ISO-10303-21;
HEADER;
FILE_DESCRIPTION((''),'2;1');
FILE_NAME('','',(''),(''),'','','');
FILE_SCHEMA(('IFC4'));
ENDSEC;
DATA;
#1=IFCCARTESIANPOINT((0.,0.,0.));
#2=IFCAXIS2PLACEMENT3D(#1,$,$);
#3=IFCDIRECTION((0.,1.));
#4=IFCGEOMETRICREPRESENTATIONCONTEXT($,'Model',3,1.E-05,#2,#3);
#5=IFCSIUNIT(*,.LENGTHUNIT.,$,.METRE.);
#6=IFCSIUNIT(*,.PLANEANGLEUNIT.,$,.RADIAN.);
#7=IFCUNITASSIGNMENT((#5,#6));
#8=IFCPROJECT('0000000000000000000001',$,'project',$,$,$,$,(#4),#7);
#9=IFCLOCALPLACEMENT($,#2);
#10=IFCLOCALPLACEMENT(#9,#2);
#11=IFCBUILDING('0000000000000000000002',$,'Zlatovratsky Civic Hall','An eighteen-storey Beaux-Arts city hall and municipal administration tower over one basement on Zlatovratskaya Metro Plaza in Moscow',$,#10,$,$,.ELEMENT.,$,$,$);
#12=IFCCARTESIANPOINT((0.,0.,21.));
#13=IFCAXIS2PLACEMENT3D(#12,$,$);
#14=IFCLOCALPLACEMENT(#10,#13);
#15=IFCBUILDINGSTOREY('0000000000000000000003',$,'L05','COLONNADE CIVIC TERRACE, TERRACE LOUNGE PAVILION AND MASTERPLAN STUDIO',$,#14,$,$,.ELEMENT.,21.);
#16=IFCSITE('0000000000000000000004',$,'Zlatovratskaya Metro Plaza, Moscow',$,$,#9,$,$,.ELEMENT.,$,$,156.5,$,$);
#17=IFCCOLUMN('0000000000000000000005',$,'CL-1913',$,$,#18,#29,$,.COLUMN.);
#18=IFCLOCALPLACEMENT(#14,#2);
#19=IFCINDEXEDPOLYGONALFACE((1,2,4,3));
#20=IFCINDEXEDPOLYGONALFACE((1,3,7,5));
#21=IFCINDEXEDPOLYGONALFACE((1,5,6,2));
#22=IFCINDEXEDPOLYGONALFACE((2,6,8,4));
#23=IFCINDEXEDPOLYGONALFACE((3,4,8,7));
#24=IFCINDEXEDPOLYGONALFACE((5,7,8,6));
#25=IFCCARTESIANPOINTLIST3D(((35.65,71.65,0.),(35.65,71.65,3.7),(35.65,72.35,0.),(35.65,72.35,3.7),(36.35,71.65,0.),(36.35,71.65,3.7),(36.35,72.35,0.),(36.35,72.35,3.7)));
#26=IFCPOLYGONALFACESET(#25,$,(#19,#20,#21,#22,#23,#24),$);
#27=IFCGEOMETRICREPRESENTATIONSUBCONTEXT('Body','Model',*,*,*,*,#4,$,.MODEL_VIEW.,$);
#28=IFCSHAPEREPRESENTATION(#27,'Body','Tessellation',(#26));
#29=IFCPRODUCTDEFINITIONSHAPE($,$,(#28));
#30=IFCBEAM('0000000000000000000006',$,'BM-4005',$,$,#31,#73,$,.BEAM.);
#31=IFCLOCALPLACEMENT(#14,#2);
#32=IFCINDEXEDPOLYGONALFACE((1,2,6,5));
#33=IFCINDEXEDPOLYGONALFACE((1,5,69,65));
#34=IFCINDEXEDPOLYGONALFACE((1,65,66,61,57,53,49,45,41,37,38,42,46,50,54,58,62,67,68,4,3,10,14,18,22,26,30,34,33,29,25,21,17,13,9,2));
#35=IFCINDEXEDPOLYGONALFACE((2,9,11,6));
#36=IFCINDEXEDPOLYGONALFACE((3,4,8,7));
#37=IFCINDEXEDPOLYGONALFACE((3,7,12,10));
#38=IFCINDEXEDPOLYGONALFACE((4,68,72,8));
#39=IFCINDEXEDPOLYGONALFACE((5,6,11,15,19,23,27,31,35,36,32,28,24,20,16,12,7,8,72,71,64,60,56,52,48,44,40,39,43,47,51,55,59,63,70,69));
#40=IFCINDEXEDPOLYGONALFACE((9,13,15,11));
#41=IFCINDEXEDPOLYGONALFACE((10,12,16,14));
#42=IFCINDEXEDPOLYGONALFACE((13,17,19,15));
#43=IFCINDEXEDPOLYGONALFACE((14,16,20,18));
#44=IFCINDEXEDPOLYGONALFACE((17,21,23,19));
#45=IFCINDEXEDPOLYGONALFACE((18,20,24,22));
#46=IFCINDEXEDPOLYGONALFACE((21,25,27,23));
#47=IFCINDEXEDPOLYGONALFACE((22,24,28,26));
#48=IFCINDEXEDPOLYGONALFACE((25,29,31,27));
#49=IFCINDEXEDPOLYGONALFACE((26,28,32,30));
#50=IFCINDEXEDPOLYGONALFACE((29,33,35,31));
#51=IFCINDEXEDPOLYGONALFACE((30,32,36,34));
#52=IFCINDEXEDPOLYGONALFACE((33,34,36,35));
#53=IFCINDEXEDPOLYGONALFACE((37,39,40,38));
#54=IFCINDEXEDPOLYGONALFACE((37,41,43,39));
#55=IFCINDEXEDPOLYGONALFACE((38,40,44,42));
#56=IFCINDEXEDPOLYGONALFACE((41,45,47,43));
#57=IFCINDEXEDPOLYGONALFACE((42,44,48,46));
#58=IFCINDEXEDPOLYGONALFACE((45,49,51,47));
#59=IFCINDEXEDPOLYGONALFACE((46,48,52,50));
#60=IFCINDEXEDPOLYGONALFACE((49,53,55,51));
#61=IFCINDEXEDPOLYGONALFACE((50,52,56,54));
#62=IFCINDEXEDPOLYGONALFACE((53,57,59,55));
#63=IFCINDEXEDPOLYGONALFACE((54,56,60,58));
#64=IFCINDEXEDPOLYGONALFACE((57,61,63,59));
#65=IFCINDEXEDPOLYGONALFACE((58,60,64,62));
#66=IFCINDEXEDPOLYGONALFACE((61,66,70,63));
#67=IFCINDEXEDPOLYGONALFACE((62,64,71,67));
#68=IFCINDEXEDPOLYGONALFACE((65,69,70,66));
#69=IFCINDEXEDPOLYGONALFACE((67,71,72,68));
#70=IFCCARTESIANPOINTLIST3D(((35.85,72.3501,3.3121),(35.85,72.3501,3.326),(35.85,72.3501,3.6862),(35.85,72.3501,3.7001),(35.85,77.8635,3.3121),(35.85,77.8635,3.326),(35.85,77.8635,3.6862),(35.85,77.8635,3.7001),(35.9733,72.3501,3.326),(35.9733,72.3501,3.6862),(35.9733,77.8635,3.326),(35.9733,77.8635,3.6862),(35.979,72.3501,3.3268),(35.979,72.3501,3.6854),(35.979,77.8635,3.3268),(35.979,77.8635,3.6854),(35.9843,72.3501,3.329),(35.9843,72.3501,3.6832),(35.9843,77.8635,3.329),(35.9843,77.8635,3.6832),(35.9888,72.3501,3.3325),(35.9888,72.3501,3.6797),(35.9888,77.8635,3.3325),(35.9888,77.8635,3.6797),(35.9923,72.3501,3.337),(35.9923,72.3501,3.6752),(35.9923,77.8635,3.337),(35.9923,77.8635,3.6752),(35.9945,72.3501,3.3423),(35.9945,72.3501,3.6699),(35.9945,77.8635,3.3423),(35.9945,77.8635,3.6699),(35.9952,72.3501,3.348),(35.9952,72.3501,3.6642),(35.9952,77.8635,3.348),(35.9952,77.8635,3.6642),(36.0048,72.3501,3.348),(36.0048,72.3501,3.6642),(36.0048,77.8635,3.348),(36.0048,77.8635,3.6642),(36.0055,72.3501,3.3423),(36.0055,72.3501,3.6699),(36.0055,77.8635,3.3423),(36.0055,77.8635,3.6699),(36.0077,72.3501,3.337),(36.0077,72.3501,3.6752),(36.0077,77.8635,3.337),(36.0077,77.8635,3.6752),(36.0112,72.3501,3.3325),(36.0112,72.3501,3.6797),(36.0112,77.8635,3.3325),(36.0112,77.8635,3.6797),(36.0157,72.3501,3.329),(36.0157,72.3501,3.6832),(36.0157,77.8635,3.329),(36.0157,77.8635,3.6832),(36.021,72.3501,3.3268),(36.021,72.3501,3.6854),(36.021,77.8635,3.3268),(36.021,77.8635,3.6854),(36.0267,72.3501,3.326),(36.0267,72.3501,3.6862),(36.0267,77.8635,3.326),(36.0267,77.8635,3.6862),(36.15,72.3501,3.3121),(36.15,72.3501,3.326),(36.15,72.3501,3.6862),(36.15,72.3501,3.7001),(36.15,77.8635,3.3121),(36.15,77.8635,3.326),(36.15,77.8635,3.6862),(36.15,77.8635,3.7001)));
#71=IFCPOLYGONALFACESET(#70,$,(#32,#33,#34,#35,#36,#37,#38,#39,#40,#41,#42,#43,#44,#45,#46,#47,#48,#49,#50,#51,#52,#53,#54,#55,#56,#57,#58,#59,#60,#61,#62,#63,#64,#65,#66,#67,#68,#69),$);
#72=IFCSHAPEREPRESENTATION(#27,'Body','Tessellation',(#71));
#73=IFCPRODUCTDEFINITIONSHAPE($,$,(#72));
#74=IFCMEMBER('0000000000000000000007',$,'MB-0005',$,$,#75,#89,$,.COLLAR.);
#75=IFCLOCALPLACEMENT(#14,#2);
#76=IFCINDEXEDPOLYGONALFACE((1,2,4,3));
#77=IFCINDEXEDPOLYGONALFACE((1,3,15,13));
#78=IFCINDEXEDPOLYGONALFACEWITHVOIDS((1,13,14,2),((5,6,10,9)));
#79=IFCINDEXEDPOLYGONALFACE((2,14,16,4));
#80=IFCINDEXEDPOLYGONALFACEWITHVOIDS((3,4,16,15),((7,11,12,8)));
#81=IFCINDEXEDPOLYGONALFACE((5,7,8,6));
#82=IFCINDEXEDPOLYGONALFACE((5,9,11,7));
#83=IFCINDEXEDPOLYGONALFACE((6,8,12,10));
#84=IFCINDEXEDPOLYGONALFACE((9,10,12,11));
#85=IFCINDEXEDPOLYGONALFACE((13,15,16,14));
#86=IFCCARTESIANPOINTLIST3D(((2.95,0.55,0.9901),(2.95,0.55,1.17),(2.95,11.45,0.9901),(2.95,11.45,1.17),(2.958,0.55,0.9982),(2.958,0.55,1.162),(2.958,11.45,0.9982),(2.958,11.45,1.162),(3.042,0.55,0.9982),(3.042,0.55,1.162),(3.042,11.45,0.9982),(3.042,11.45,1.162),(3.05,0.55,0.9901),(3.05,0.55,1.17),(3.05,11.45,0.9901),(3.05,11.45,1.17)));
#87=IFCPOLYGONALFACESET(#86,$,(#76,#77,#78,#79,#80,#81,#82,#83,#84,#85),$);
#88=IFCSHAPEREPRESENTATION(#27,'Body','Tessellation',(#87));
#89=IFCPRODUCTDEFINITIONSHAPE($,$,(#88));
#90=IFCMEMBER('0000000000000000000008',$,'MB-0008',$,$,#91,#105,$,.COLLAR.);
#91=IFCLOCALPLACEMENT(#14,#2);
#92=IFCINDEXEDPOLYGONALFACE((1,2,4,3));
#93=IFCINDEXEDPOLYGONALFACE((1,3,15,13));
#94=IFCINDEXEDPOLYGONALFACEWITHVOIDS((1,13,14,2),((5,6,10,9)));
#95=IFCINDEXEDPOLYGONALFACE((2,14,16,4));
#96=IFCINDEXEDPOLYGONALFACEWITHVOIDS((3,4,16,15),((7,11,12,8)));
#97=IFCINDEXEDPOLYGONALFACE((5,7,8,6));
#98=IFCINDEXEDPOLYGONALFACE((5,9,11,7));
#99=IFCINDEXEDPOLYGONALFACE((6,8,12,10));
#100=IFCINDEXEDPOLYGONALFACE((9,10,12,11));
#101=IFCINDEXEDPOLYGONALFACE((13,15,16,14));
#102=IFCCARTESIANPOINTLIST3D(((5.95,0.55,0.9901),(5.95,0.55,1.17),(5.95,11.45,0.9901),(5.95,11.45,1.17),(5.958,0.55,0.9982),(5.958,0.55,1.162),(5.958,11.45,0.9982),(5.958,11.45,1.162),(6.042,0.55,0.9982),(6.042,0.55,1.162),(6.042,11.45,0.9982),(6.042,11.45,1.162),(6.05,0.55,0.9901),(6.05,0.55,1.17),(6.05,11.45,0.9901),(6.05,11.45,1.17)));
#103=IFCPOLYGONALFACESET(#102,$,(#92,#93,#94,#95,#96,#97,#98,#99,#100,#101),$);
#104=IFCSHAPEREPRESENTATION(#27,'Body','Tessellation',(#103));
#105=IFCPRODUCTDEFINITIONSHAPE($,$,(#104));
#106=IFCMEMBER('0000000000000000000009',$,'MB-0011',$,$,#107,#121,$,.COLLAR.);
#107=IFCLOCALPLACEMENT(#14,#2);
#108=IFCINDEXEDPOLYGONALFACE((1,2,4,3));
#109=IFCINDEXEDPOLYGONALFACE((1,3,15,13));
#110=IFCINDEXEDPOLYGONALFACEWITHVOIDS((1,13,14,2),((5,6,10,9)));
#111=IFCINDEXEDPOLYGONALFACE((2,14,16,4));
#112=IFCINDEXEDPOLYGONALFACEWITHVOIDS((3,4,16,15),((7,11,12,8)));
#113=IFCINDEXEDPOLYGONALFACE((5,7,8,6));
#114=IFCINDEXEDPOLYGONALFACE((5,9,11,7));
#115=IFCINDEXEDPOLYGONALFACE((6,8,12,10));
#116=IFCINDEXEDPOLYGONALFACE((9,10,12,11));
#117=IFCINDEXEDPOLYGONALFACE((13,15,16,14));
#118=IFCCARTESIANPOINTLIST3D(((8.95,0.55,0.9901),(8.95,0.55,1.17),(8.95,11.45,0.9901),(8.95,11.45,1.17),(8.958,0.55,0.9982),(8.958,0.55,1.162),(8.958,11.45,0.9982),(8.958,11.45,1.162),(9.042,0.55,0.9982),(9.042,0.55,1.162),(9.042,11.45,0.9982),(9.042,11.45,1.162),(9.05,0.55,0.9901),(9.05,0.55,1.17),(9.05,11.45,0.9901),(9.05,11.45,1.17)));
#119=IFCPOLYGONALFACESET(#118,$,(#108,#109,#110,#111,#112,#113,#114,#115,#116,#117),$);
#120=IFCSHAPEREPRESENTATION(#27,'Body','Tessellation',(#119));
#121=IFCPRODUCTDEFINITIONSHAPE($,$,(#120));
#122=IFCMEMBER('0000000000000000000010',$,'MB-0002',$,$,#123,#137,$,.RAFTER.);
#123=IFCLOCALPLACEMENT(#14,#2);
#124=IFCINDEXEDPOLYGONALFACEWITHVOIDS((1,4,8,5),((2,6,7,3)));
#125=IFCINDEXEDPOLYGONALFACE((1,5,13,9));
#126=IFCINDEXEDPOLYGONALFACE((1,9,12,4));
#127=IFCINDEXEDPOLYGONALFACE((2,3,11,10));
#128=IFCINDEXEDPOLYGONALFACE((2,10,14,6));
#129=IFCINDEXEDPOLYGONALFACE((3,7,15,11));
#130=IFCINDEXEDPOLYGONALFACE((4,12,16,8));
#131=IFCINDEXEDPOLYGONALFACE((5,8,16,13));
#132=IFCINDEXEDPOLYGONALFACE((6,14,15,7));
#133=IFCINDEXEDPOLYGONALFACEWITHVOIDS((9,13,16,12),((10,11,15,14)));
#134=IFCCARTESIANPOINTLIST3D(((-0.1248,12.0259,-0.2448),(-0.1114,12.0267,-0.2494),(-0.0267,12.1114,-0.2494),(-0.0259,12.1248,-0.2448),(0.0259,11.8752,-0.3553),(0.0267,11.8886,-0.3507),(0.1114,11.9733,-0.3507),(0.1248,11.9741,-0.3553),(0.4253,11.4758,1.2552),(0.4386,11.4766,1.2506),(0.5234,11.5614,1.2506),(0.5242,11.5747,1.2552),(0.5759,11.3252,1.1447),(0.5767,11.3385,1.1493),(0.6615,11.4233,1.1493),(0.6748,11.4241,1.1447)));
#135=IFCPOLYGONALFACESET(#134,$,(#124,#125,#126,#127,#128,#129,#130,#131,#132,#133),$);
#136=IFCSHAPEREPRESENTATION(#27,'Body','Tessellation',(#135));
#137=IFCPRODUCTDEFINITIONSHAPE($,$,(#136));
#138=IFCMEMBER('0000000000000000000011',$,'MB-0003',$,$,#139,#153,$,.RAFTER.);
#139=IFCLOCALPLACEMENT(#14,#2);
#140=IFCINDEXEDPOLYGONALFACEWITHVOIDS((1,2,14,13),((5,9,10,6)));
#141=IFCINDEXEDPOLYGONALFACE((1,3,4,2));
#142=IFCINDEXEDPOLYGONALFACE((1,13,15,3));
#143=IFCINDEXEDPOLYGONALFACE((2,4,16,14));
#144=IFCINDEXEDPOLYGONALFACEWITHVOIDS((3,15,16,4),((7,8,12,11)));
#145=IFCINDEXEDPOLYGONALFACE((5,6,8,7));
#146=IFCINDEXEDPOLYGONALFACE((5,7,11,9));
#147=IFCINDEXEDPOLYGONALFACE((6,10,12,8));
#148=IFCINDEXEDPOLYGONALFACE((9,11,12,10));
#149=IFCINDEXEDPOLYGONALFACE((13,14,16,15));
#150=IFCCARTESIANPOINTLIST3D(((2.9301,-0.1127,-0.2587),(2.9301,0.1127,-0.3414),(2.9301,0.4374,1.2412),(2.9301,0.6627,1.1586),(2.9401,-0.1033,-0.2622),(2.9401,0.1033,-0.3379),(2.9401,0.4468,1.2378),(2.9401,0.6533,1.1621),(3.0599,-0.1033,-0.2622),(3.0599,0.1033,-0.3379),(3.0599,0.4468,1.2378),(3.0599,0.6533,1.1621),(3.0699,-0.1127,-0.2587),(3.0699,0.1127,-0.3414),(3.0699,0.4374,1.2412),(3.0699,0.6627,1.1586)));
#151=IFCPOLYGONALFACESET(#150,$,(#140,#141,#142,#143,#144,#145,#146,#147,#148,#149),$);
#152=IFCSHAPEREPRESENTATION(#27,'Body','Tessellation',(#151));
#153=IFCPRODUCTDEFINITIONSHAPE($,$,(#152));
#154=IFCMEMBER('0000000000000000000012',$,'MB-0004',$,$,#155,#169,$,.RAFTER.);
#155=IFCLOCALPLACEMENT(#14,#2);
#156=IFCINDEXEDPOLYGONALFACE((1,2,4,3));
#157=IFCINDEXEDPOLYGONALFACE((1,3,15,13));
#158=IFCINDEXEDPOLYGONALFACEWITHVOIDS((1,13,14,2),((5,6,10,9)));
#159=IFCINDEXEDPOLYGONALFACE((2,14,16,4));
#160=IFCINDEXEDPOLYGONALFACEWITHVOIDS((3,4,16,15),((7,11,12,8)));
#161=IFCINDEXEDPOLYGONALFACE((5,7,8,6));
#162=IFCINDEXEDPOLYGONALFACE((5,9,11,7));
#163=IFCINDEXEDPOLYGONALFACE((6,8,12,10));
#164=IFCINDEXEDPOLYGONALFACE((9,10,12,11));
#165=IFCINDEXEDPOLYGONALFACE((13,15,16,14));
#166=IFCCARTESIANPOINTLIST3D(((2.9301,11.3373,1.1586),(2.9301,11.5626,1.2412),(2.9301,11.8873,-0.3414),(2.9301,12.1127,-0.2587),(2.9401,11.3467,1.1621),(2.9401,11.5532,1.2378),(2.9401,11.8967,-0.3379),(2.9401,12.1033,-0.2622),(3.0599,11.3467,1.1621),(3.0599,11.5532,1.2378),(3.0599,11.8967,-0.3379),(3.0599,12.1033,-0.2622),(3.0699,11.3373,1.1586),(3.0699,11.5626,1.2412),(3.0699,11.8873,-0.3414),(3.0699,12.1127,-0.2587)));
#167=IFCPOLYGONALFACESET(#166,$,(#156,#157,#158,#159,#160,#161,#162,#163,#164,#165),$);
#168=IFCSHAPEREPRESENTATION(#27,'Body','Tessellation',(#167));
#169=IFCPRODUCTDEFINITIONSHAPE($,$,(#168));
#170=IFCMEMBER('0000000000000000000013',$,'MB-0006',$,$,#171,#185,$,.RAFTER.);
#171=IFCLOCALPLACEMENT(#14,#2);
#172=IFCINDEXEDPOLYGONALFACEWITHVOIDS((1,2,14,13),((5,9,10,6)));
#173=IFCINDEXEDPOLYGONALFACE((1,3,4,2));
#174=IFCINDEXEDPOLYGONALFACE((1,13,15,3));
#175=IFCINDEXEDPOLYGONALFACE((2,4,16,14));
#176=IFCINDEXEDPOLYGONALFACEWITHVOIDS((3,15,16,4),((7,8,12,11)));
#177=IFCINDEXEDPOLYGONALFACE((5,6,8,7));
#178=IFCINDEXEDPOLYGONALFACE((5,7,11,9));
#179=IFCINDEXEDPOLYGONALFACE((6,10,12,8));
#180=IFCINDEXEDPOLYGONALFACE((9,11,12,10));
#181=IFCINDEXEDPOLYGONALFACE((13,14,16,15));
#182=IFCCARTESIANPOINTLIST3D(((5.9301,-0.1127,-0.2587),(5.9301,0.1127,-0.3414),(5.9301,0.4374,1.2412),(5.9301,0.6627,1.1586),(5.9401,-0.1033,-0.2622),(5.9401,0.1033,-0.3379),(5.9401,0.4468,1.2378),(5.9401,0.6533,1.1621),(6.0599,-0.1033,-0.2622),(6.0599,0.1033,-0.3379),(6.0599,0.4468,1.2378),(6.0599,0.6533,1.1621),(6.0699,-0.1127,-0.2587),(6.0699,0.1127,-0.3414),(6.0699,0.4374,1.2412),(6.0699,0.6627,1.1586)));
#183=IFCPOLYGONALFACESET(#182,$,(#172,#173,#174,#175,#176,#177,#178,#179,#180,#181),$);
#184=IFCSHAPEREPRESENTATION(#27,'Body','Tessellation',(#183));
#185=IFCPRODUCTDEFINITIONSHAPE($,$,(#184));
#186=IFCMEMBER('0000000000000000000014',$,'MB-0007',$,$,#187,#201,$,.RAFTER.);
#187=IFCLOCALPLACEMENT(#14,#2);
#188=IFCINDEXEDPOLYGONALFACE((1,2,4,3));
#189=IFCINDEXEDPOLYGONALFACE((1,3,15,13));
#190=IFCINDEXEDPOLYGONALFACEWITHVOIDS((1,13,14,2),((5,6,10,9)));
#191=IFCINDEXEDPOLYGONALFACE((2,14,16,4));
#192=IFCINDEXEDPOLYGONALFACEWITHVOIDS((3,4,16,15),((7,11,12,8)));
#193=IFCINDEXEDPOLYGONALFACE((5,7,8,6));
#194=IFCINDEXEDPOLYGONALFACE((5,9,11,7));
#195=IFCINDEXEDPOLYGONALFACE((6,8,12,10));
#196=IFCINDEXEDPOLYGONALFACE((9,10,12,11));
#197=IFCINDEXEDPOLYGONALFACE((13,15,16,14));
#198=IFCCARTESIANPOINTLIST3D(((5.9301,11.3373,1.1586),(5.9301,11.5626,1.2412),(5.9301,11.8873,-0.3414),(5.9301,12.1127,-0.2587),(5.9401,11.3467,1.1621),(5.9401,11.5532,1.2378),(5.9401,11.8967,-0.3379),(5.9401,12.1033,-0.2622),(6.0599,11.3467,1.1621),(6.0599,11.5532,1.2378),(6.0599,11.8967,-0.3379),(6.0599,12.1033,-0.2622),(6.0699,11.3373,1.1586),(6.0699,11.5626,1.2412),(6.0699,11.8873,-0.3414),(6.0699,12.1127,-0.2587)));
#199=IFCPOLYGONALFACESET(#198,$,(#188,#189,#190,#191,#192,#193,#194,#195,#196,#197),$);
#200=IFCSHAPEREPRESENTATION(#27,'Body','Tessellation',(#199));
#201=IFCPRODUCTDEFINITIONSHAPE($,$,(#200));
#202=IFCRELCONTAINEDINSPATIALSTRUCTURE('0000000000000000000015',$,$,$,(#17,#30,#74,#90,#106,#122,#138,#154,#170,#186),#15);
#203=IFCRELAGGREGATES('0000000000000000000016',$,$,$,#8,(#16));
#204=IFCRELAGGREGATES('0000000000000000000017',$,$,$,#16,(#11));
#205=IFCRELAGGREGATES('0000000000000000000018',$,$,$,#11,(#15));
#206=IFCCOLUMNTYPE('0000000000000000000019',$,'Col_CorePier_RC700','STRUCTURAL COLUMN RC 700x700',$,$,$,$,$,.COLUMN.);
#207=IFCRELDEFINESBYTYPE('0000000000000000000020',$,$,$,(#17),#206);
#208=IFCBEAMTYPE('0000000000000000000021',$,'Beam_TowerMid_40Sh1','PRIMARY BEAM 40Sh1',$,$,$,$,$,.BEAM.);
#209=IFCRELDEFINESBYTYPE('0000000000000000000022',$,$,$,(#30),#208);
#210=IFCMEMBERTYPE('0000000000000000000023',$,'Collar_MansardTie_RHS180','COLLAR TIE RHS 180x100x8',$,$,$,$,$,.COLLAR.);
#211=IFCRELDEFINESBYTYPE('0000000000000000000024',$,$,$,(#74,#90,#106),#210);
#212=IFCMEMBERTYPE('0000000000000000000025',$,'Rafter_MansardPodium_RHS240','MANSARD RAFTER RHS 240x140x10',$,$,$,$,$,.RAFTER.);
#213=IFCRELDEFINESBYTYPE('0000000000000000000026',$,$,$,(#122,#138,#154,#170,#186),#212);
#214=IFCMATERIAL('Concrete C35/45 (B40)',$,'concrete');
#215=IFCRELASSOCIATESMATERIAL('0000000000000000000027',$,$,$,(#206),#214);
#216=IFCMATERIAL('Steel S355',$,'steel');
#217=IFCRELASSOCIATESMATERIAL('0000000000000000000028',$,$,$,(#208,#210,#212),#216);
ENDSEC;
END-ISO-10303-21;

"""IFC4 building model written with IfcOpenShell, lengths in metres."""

from ifc_helpers import new_model, si_unit, direction, frame, origin, origin_2d, place, context, subcontext, project, spatial, rectangle, hollow_rectangle, i_section, extrude, material, material_profile, profile_set, type_object, element, save


model = new_model("IFC4")

# Units and contexts
model_context = context("Model", 3, precision=1e-05, world=origin(), true_north=direction((0.0, 1.0)))
body_context = subcontext(model_context, "Body", "Model", "MODEL_VIEW")
ifc_project = project(units=[si_unit("LENGTHUNIT", "METRE"), si_unit("PLANEANGLEUNIT", "RADIAN")], contexts=[model_context])

# Site, building, storey
site_placement = place(None, origin())
site = spatial("IfcSite", under=ifc_project, at=site_placement, Name="Zlatovratskaya Metro Plaza, Moscow", CompositionType="ELEMENT", RefElevation=156.5)
building_placement = place(site_placement, origin())
building = spatial("IfcBuilding", under=site, at=building_placement, Name="Zlatovratsky Civic Hall", Description="An eighteen-storey Beaux-Arts city hall and municipal administration tower over one basement on Zlatovratskaya Metro Plaza in Moscow", CompositionType="ELEMENT")
storey_placement = place(building_placement, frame((0.0, 0.0, 21.0)))
storey = spatial("IfcBuildingStorey", under=building, at=storey_placement, Name="L05", Description="COLONNADE CIVIC TERRACE, TERRACE LOUNGE PAVILION AND MASTERPLAN STUDIO", CompositionType="ELEMENT", Elevation=21.0)

# Column
ifc_material_1 = material(Name="Concrete C35/45 (B40)", Category="concrete")
ifc_material_profile_1 = material_profile(ifc_material_1, rectangle(XDim=0.7, YDim=0.7, at=origin_2d()), Name="RC 700x700")
ifc_profile_set_1 = profile_set([ifc_material_profile_1], Name="Concrete C35/45 (B40)")
column_type = type_object("IfcColumnType", Name="Col_CorePier_RC700", Description="STRUCTURAL COLUMN RC 700x700", PredefinedType="COLUMN", material=ifc_profile_set_1)
column_placement = place(storey_placement, frame((36.0, 72.0, 0.0), z_axis=(0.0, 0.0, 1.0), x_axis=(1.0, 0.0, 0.0)))
element("IfcColumn", 1, at=column_placement, inside=storey, type_object=column_type, Name="CL-1913", PredefinedType="COLUMN", context=body_context, shape_type="SweptSolid", body=[
    extrude(rectangle(XDim=0.7, YDim=0.7, at=origin_2d()), origin(), (0.0, 0.0, 1.0), 3.7),
])

# Beam
ifc_material_2 = material(Name="Steel S355", Category="steel")
ifc_material_profile_2 = material_profile(ifc_material_2, i_section(OverallWidth=0.3, OverallDepth=0.3879, WebThickness=0.0095, FlangeThickness=0.0139, FilletRadius=0.022, at=origin_2d()), Name="40Sh1")
ifc_profile_set_2 = profile_set([ifc_material_profile_2], Name="Steel S355")
beam_type = type_object("IfcBeamType", Name="Beam_TowerMid_40Sh1", Description="PRIMARY BEAM 40Sh1", PredefinedType="BEAM", material=ifc_profile_set_2)
beam_placement = place(storey_placement, frame((36.0, 72.3501, 3.5061), z_axis=(0.0, 1.0, 0.0), x_axis=(-1.0, 0.0, 0.0)))
element("IfcBeam", 2, at=beam_placement, inside=storey, type_object=beam_type, Name="BM-4005", PredefinedType="BEAM", context=body_context, shape_type="SweptSolid", body=[
    extrude(i_section(OverallWidth=0.3, OverallDepth=0.3879, WebThickness=0.0095, FlangeThickness=0.0139, FilletRadius=0.022, at=origin_2d()), origin(), (0.0, 0.0, 1.0), 5.5134),
])

# Members
ifc_material_profile_3 = material_profile(ifc_material_2, hollow_rectangle(XDim=0.1001, YDim=0.1799, WallThickness=0.0081, at=origin_2d()), Name="RHS 180x100x8")
ifc_profile_set_3 = profile_set([ifc_material_profile_3], Name="Steel S355")
member_type_1 = type_object("IfcMemberType", Name="Collar_MansardTie_RHS180", Description="COLLAR TIE RHS 180x100x8", PredefinedType="COLLAR", material=ifc_profile_set_3)
for number, where, z_axis, x_axis, name in (
    (3, (3.0, 0.55, 1.0801), (0.0, 1.0, 0.0), (-1.0, 0.0, 0.0), "MB-0005"),
    (4, (6.0, 0.55, 1.0801), (0.0, 1.0, 0.0), (-1.0, 0.0, 0.0), "MB-0008"),
    (5, (9.0, 0.55, 1.0801), (0.0, 1.0, 0.0), (-1.0, 0.0, 0.0), "MB-0011"),
):
    element("IfcMember", number, at=place(storey_placement, frame(where, z_axis=z_axis, x_axis=x_axis)), inside=storey, type_object=member_type_1, Name=name, PredefinedType="COLLAR", context=body_context, shape_type="SweptSolid", body=[
        extrude(hollow_rectangle(XDim=0.1001, YDim=0.1799, WallThickness=0.0081, at=origin_2d()), origin(), (0.0, 0.0, 1.0), 10.8999),
    ])
ifc_material_profile_4 = material_profile(ifc_material_2, hollow_rectangle(XDim=0.1399, YDim=0.24, WallThickness=0.01, at=origin_2d()), Name="RHS 240x140x10")
ifc_profile_set_4 = profile_set([ifc_material_profile_4], Name="Steel S355")
member_type_2 = type_object("IfcMemberType", Name="Rafter_MansardPodium_RHS240", Description="MANSARD RAFTER RHS 240x140x10", PredefinedType="RAFTER", material=ifc_profile_set_4)
member_placement = place(storey_placement, frame((0.0, 12.0, -0.3), z_axis=(0.325529, -0.325529, 0.887728), x_axis=(0.707107, 0.707107, 0.0)))
element("IfcMember", 6, at=member_placement, inside=storey, type_object=member_type_2, Name="MB-0002", PredefinedType="RAFTER", context=body_context, shape_type="SweptSolid", body=[
    extrude(hollow_rectangle(XDim=0.1399, YDim=0.24, WallThickness=0.01, at=origin_2d()), origin(), (0.0, 0.0, 1.0), 1.6897),
])
for number, where, z_axis, x_axis, name in (
    (7, (3.0, 0.0, -0.3), (0.0, 0.344282, 0.938866), (-1.0, 0.0, 0.0), "MB-0003"),
    (8, (3.0, 12.0, -0.3), (0.0, -0.344282, 0.938866), (1.0, 0.0, 0.0), "MB-0004"),
    (9, (6.0, 0.0, -0.3), (0.0, 0.344282, 0.938866), (-1.0, 0.0, 0.0), "MB-0006"),
    (10, (6.0, 12.0, -0.3), (0.0, -0.344282, 0.938866), (1.0, 0.0, 0.0), "MB-0007"),
):
    element("IfcMember", number, at=place(storey_placement, frame(where, z_axis=z_axis, x_axis=x_axis)), inside=storey, type_object=member_type_2, Name=name, PredefinedType="RAFTER", context=body_context, shape_type="SweptSolid", body=[
        extrude(hollow_rectangle(XDim=0.1399, YDim=0.24, WallThickness=0.01, at=origin_2d()), origin(), (0.0, 0.0, 1.0), 1.5977),
    ])

save(model, "model.ifc")
